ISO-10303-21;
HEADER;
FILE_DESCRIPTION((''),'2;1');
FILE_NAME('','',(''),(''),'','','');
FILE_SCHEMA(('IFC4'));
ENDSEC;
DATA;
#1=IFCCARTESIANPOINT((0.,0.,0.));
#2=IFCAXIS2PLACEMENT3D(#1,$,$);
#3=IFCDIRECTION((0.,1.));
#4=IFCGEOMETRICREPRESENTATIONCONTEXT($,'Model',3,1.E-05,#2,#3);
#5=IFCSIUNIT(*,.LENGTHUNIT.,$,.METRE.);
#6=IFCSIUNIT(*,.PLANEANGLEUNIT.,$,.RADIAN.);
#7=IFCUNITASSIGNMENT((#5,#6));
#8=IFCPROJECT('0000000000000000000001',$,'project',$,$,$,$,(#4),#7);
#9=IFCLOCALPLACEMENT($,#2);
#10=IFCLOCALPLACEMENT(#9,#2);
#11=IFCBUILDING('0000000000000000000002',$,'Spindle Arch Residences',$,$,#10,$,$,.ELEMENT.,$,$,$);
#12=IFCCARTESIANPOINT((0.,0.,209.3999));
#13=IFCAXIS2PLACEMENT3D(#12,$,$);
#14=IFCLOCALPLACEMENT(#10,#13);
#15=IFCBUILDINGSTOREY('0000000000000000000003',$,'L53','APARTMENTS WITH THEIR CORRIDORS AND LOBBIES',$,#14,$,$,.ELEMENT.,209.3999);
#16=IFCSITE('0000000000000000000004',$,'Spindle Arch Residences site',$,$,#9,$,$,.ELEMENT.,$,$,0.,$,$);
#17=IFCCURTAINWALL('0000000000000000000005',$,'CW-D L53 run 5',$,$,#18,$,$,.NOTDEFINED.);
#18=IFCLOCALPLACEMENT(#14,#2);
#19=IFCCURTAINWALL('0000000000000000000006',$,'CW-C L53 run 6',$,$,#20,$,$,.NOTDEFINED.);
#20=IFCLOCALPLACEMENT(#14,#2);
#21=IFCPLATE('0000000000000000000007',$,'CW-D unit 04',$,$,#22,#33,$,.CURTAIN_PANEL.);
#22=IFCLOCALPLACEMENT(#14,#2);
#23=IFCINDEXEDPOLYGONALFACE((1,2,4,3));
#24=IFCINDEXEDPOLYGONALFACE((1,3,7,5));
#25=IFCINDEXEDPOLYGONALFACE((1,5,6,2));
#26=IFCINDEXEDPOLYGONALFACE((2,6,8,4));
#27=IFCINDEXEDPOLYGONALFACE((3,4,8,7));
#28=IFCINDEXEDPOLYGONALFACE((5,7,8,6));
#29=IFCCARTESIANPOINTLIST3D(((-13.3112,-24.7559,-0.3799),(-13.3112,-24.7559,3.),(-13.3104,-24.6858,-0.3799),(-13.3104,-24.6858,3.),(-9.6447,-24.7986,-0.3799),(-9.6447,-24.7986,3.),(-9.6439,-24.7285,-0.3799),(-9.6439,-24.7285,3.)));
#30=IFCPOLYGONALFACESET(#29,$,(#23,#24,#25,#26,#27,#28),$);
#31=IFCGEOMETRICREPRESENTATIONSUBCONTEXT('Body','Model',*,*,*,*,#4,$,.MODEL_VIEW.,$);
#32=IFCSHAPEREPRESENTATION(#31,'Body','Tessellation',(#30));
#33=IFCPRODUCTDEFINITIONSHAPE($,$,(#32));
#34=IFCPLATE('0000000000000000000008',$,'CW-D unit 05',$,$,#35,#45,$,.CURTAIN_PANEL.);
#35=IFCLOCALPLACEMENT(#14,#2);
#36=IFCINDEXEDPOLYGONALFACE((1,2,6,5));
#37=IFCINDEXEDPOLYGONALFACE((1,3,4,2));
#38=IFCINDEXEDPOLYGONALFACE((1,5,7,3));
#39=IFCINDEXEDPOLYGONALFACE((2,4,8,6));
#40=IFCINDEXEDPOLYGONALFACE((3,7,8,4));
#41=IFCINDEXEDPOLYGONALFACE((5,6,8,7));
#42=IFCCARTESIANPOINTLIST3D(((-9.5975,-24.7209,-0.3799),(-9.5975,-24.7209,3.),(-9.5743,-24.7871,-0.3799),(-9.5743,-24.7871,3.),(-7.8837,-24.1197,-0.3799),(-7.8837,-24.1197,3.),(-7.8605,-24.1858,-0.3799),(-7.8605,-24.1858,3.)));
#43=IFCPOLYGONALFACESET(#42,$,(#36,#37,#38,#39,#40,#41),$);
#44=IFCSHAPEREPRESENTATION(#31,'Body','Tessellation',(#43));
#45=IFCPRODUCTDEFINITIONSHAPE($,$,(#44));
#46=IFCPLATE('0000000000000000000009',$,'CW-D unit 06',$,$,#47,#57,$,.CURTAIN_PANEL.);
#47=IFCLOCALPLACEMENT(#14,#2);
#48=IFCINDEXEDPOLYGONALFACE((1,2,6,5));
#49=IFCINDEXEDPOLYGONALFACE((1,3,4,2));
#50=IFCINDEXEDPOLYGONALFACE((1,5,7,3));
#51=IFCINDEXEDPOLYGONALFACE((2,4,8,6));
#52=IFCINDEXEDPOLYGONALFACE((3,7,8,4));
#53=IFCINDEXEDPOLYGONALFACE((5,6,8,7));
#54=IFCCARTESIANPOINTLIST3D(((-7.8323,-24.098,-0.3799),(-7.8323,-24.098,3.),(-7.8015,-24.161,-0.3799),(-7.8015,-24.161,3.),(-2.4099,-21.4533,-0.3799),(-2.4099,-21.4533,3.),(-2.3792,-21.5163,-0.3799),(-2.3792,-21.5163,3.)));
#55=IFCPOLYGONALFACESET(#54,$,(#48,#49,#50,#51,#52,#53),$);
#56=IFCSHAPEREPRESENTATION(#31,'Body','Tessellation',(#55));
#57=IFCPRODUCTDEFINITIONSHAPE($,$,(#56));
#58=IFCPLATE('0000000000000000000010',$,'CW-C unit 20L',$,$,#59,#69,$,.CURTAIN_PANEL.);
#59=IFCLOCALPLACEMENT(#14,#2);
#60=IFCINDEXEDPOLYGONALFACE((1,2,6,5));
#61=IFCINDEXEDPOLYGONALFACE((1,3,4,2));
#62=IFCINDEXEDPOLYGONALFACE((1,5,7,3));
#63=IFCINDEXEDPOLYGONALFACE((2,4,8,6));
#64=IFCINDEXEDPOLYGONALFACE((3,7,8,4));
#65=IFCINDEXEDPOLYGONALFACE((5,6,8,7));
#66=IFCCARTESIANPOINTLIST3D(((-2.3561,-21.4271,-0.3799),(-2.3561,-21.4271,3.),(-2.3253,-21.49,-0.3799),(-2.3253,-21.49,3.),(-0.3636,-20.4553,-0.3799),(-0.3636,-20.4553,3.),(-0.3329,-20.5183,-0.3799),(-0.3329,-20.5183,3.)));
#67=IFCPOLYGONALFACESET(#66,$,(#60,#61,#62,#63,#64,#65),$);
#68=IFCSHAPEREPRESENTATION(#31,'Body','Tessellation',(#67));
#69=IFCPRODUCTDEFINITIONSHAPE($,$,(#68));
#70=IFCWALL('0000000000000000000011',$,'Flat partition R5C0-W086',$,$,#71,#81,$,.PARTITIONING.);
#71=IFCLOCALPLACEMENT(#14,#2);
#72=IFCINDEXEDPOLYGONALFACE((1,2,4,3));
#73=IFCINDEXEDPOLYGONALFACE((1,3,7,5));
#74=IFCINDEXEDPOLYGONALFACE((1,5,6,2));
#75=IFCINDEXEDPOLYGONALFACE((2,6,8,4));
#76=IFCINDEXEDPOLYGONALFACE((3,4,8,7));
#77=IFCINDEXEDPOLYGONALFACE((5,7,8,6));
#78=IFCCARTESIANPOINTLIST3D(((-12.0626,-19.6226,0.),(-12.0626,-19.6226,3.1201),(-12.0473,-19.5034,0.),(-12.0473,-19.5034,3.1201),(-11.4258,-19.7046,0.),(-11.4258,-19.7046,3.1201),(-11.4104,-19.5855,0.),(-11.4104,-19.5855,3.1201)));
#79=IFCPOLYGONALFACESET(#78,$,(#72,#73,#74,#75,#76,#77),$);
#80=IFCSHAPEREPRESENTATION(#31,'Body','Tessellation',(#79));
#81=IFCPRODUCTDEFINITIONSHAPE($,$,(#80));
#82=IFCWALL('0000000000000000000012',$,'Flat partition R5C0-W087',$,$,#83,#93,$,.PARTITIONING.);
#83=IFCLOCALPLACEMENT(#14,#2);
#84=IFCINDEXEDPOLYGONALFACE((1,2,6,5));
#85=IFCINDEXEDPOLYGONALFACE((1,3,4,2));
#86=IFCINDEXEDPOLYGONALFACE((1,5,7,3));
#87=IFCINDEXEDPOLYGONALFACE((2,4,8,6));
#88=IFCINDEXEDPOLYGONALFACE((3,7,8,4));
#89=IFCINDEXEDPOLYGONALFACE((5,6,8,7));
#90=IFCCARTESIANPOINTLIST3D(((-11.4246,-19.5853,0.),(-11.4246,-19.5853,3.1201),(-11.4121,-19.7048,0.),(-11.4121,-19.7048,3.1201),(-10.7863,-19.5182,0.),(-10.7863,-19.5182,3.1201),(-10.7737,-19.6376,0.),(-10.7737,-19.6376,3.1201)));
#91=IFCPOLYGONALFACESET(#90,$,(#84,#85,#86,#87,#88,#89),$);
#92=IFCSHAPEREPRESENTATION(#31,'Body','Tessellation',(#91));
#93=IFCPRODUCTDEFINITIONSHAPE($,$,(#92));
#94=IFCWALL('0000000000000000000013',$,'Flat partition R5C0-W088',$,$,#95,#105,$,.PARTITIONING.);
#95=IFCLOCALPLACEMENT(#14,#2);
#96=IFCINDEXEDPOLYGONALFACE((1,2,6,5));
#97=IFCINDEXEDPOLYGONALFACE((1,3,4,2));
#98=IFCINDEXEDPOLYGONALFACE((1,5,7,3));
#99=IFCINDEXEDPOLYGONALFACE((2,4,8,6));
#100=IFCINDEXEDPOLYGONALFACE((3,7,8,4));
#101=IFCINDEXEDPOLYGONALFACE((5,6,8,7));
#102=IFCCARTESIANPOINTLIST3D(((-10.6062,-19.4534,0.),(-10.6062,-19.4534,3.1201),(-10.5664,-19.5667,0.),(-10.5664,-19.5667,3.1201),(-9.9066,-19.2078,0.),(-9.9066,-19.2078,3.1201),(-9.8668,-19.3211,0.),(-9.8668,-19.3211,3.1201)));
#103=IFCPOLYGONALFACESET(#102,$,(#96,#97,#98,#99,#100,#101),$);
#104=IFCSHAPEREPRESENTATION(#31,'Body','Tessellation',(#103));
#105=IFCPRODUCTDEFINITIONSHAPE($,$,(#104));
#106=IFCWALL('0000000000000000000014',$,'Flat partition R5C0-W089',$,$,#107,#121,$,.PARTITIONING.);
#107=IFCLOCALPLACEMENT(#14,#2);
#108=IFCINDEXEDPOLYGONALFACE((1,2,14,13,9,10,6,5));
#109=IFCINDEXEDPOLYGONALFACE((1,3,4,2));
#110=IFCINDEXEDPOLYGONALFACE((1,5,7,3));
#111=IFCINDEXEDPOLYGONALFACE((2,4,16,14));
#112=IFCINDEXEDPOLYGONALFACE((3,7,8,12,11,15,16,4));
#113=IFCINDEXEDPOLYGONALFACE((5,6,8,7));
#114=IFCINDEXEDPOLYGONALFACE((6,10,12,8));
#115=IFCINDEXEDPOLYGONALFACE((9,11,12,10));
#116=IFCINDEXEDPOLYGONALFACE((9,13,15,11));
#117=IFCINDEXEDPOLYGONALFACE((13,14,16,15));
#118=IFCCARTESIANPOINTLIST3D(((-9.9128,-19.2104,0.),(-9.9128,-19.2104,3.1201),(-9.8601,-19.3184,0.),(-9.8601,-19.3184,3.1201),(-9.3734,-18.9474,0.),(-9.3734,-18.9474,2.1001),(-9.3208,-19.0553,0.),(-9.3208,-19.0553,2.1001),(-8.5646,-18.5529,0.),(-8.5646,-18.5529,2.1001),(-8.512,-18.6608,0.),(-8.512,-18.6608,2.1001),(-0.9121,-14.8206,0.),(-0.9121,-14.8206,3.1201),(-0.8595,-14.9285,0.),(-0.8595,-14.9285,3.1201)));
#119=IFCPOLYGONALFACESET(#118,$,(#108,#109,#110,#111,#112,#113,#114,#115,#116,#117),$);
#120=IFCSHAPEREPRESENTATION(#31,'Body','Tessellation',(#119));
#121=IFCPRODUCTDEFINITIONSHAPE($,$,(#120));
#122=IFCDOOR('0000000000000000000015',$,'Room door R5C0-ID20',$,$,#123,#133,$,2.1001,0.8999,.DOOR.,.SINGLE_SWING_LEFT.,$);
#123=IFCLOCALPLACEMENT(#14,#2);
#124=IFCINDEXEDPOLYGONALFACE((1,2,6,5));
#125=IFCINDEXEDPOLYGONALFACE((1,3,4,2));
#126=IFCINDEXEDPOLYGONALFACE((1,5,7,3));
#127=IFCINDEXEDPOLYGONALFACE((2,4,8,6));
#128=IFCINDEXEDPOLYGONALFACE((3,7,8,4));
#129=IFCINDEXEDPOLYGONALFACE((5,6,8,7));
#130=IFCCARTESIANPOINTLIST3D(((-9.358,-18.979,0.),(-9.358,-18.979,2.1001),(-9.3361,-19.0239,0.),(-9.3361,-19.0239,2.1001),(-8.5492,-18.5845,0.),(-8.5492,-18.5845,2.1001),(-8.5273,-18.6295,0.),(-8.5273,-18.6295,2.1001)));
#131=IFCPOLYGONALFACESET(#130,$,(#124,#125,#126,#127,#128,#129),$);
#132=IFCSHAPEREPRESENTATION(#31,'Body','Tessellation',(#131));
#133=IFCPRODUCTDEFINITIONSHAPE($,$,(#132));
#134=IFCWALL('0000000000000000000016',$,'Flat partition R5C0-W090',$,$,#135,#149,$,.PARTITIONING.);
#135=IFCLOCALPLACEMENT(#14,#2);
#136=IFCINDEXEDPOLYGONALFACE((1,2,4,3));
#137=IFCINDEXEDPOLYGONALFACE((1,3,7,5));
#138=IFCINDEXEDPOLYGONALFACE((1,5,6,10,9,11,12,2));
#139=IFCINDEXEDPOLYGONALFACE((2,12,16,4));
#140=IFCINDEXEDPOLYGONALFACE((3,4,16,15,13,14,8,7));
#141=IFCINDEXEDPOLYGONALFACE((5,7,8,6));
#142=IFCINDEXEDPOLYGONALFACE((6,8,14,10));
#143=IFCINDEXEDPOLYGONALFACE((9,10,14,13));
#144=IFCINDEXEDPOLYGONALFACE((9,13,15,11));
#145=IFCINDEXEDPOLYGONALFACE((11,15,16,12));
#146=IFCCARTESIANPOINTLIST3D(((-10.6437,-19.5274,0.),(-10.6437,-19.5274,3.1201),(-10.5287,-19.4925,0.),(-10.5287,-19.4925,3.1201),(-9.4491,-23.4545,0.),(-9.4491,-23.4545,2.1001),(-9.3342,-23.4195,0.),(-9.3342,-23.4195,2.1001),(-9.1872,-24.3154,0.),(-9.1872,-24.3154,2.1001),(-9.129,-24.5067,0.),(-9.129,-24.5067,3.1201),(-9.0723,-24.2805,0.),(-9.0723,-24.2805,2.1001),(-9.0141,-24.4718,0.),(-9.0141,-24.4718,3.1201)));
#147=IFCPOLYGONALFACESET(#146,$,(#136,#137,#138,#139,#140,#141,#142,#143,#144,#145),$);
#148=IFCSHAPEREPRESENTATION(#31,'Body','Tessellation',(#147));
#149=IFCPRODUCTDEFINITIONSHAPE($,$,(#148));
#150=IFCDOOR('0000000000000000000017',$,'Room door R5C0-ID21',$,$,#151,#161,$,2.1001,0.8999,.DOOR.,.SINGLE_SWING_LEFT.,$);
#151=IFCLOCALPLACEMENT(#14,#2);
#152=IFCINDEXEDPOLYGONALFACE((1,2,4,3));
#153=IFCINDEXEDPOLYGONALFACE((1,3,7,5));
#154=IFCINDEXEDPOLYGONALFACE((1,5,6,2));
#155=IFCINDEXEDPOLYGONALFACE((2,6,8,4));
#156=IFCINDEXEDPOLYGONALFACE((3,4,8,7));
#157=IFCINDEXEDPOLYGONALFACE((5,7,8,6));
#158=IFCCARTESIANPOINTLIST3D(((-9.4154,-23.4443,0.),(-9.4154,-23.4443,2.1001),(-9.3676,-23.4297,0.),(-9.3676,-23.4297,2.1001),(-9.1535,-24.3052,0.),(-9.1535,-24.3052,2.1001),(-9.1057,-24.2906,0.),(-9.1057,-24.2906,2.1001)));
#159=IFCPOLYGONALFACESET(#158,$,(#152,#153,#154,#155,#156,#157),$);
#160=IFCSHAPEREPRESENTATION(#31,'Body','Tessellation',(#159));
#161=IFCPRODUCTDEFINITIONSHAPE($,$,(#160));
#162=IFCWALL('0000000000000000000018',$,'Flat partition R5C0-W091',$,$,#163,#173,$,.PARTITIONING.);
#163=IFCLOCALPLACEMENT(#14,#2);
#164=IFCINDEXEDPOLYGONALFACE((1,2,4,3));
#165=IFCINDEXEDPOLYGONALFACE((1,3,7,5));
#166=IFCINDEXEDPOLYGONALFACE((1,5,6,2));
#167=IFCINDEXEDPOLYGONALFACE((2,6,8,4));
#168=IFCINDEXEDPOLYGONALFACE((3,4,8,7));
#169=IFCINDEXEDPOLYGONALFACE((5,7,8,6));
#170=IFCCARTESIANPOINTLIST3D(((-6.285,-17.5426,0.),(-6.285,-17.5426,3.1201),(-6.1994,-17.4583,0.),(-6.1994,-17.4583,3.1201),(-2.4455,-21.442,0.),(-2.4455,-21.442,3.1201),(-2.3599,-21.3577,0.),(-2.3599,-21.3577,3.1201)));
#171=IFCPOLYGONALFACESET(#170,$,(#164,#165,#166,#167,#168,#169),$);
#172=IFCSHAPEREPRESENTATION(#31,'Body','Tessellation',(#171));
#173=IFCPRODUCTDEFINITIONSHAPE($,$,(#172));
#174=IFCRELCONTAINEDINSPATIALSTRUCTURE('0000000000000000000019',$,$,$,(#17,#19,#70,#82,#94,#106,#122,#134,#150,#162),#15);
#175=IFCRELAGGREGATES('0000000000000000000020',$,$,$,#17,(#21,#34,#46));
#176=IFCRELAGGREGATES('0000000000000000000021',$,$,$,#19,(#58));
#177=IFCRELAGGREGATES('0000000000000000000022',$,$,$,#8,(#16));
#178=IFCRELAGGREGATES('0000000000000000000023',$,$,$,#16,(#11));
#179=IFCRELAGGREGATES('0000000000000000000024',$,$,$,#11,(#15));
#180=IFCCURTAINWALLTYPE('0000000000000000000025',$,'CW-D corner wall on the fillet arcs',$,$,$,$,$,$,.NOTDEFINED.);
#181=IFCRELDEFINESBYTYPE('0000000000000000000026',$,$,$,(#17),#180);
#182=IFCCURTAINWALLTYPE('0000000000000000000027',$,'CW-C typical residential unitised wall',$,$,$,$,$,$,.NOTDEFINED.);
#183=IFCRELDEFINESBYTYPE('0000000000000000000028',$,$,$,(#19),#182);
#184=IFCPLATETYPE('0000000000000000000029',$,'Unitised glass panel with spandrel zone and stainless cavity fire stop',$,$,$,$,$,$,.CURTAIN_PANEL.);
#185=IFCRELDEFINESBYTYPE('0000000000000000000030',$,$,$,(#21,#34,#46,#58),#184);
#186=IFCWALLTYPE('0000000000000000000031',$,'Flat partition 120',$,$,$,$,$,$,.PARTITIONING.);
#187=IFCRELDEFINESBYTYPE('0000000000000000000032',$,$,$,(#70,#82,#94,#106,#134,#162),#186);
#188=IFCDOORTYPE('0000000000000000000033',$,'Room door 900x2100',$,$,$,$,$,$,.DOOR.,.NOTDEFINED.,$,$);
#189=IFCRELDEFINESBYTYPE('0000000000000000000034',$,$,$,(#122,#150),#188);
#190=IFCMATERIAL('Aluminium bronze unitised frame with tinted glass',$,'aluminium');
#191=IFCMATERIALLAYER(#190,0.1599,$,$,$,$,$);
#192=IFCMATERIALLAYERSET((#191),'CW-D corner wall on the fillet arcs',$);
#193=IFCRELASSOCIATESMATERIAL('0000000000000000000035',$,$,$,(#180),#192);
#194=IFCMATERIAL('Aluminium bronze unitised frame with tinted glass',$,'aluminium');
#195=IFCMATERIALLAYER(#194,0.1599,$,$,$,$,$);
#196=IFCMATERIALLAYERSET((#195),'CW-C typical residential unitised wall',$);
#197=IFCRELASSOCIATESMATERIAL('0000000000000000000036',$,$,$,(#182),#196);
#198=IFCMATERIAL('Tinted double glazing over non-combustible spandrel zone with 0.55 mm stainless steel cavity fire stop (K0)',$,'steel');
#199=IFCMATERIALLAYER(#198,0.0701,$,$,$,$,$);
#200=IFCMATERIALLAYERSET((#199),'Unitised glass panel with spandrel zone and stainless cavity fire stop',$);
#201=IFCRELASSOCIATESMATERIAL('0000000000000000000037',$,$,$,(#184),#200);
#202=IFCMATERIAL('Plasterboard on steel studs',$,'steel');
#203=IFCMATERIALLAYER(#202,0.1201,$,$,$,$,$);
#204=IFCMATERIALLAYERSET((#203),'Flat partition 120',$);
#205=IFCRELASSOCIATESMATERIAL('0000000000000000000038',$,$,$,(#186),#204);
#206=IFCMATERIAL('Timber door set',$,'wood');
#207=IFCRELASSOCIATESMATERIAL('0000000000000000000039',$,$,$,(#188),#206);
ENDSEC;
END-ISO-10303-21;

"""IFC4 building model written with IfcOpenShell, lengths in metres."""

from ifc_helpers import new_model, si_unit, direction, frame, frame_2d, origin, origin_2d, place, context, subcontext, project, spatial, rectangle, extrude, material, layer, layer_set, type_object, element, fill, aggregate, save


model = new_model("IFC4")

# Units and contexts
model_context = context("Model", 3, precision=1e-05, world=origin(), true_north=direction((0.0, 1.0)))
body_context = subcontext(model_context, "Body", "Model", "MODEL_VIEW")
ifc_project = project(units=[si_unit("LENGTHUNIT", "METRE"), si_unit("PLANEANGLEUNIT", "RADIAN")], contexts=[model_context])

# Site, building, storey
site_placement = place(None, origin())
site = spatial("IfcSite", under=ifc_project, at=site_placement, Name="Spindle Arch Residences site", CompositionType="ELEMENT", RefElevation=0.0)
building_placement = place(site_placement, origin())
building = spatial("IfcBuilding", under=site, at=building_placement, Name="Spindle Arch Residences", CompositionType="ELEMENT")
storey_placement = place(building_placement, frame((0.0, 0.0, 209.3999)))
storey = spatial("IfcBuildingStorey", under=building, at=storey_placement, Name="L53", Description="APARTMENTS WITH THEIR CORRIDORS AND LOBBIES", CompositionType="ELEMENT", Elevation=209.3999)

# Curtain wall
ifc_material_1 = material(Name="Aluminium bronze unitised frame with tinted glass", Category="aluminium")
ifc_layer_1 = layer(ifc_material_1, 0.1599)
ifc_layer_set_1 = layer_set([ifc_layer_1], Name="CW-D corner wall on the fillet arcs")
curtain_wall_type_1 = type_object("IfcCurtainWallType", Name="CW-D corner wall on the fillet arcs", PredefinedType="NOTDEFINED", material=ifc_layer_set_1)
curtain_wall_1_placement = place(storey_placement, origin())
curtain_wall_1 = element("IfcCurtainWall", 1, at=curtain_wall_1_placement, inside=storey, type_object=curtain_wall_type_1, Name="CW-D L53 run 5", PredefinedType="NOTDEFINED")

# Curtain wall
ifc_material_2 = material(Name="Aluminium bronze unitised frame with tinted glass", Category="aluminium")
ifc_layer_2 = layer(ifc_material_2, 0.1599)
ifc_layer_set_2 = layer_set([ifc_layer_2], Name="CW-C typical residential unitised wall")
curtain_wall_type_2 = type_object("IfcCurtainWallType", Name="CW-C typical residential unitised wall", PredefinedType="NOTDEFINED", material=ifc_layer_set_2)
curtain_wall_2_placement = place(storey_placement, origin())
curtain_wall_2 = element("IfcCurtainWall", 2, at=curtain_wall_2_placement, inside=storey, type_object=curtain_wall_type_2, Name="CW-C L53 run 6", PredefinedType="NOTDEFINED")

# Plates
ifc_material_3 = material(Name="Tinted double glazing over non-combustible spandrel zone with 0.55 mm stainless steel cavity fire stop (K0)", Category="steel")
ifc_layer_3 = layer(ifc_material_3, 0.0701)
ifc_layer_set_3 = layer_set([ifc_layer_3], Name="Unitised glass panel with spandrel zone and stainless cavity fire stop")
plate_type = type_object("IfcPlateType", Name="Unitised glass panel with spandrel zone and stainless cavity fire stop", PredefinedType="CURTAIN_PANEL", material=ifc_layer_set_3)
plate_1_placement = place(storey_placement, frame((-11.4775, -24.7422, -0.3799), z_axis=(0.0, 0.0, 1.0), x_axis=(0.999932, -0.011635, 0.0)))
plate_1 = element("IfcPlate", 3, at=plate_1_placement, type_object=plate_type, Name="CW-D unit 04", PredefinedType="CURTAIN_PANEL", context=body_context, shape_type="SweptSolid", body=[
    extrude(rectangle(XDim=3.6667, YDim=0.0701, at=origin_2d()), origin(), (0.0, 0.0, 1.0), 3.3799),
])
plate_2_placement = place(storey_placement, frame((-8.729, -24.4534, -0.3799), z_axis=(0.0, 0.0, 1.0), x_axis=(0.943609, 0.331063, 0.0)))
plate_2 = element("IfcPlate", 4, at=plate_2_placement, type_object=plate_type, Name="CW-D unit 05", PredefinedType="CURTAIN_PANEL", context=body_context, shape_type="SweptSolid", body=[
    extrude(rectangle(XDim=1.8162, YDim=0.0701, at=origin_2d()), origin(), (0.0, 0.0, 1.0), 3.3799),
])
plate_3_placement = place(storey_placement, frame((-5.1057, -22.8071, -0.3799), z_axis=(0.0, 0.0, 1.0), x_axis=(0.898794, 0.438371, 0.0)))
plate_3 = element("IfcPlate", 5, at=plate_3_placement, type_object=plate_type, Name="CW-D unit 06", PredefinedType="CURTAIN_PANEL", context=body_context, shape_type="SweptSolid", body=[
    extrude(rectangle(XDim=6.033, YDim=0.0701, at=origin_2d()), origin(), (0.0, 0.0, 1.0), 3.3799),
])
aggregate(curtain_wall_1, [plate_1, plate_2, plate_3])
plate_4_placement = place(storey_placement, frame((-1.3445, -20.9727, -0.3799), z_axis=(0.0, 0.0, 1.0), x_axis=(0.898794, 0.438371, 0.0)))
plate_4 = element("IfcPlate", 6, at=plate_4_placement, type_object=plate_type, Name="CW-C unit 20L", PredefinedType="CURTAIN_PANEL", context=body_context, shape_type="SweptSolid", body=[
    extrude(rectangle(XDim=2.2168, YDim=0.0701, at=origin_2d()), origin(), (0.0, 0.0, 1.0), 3.3799),
])
aggregate(curtain_wall_2, [plate_4])

# Walls
ifc_material_4 = material(Name="Plasterboard on steel studs", Category="steel")
ifc_layer_4 = layer(ifc_material_4, 0.1201)
ifc_layer_set_4 = layer_set([ifc_layer_4], Name="Flat partition 120")
wall_type = type_object("IfcWallType", Name="Flat partition 120", PredefinedType="PARTITIONING", material=ifc_layer_set_4)
wall_1_placement = place(storey_placement, frame((-12.0549, -19.563, 0.0), z_axis=(0.0, 0.0, 1.0), x_axis=(0.991803, -0.127778, 0.0)))
element("IfcWall", 7, at=wall_1_placement, inside=storey, type_object=wall_type, Name="Flat partition R5C0-W086", PredefinedType="PARTITIONING", context=body_context, shape_type="SweptSolid", body=[
    extrude(rectangle(XDim=0.6421, YDim=0.1201, at=frame_2d((0.321, 0.0))), origin(), (0.0, 0.0, 1.0), 3.1201),
])
wall_2_placement = place(storey_placement, frame((-11.4182, -19.645, 0.0), z_axis=(0.0, 0.0, 1.0), x_axis=(0.994516, 0.104586, 0.0)))
element("IfcWall", 8, at=wall_2_placement, inside=storey, type_object=wall_type, Name="Flat partition R5C0-W087", PredefinedType="PARTITIONING", context=body_context, shape_type="SweptSolid", body=[
    extrude(rectangle(XDim=0.6418, YDim=0.1201, at=frame_2d((0.3208, 0.0))), origin(), (0.0, 0.0, 1.0), 3.1201),
])
wall_3_placement = place(storey_placement, frame((-10.5862, -19.51, 0.0), z_axis=(0.0, 0.0, 1.0), x_axis=(0.94356, 0.331201, 0.0)))
element("IfcWall", 9, at=wall_3_placement, inside=storey, type_object=wall_type, Name="Flat partition R5C0-W088", PredefinedType="PARTITIONING", context=body_context, shape_type="SweptSolid", body=[
    extrude(rectangle(XDim=0.7415, YDim=0.1201, at=frame_2d((0.3706, 0.0))), origin(), (0.0, 0.0, 1.0), 3.1201),
])

# Walls, openings, doors
wall_4_placement = place(storey_placement, frame((-9.8865, -19.2644, 0.0), z_axis=(0.0, 0.0, 1.0), x_axis=(0.898796, 0.438366, 0.0)))
wall_4 = element("IfcWall", 10, at=wall_4_placement, inside=storey, type_object=wall_type, Name="Flat partition R5C0-W089", PredefinedType="PARTITIONING", context=body_context, shape_type="SweptSolid", body=[
    extrude(rectangle(XDim=10.0142, YDim=0.1201, at=frame_2d((5.0071, 0.0))), origin(), (0.0, 0.0, 1.0), 3.1201),
])
opening_1_placement = place(wall_4_placement, frame((0.6001, 0.0, 0.0)))
opening_1 = element("IfcOpeningElement", 11, at=opening_1_placement, cuts=wall_4, PredefinedType="OPENING", context=body_context, shape_type="SweptSolid", body=[
    extrude(rectangle(XDim=0.8999, YDim=2.1001, at=frame_2d((0.45, 1.05))), frame((0.0, 0.0701, 0.0), z_axis=(0.0, -1.0, 0.0), x_axis=(1.0, 0.0, 0.0)), (0.0, 0.0, 1.0), 0.1401),
])
ifc_material_5 = material(Name="Timber door set", Category="wood")
door_type = type_object("IfcDoorType", Name="Room door 900x2100", OperationType="NOTDEFINED", PredefinedType="DOOR", material=ifc_material_5)
door_1_placement = place(opening_1_placement, origin())
door_1 = element("IfcDoor", 12, at=door_1_placement, inside=storey, type_object=door_type, Name="Room door R5C0-ID20", OperationType="SINGLE_SWING_LEFT", OverallHeight=2.1001, OverallWidth=0.8999, PredefinedType="DOOR", context=body_context, shape_type="SweptSolid", body=[
    extrude(rectangle(XDim=0.8999, YDim=2.1001, at=frame_2d((0.45, 1.05))), frame((0.0, 0.0249, 0.0), z_axis=(0.0, -1.0, 0.0), x_axis=(1.0, 0.0, 0.0)), (0.0, 0.0, 1.0), 0.05),
])
fill(opening_1, door_1)
wall_5_placement = place(storey_placement, frame((-9.0715, -24.4893, 0.0), z_axis=(0.0, 0.0, 1.0), x_axis=(-0.291025, 0.956715, 0.0)))
wall_5 = element("IfcWall", 13, at=wall_5_placement, inside=storey, type_object=wall_type, Name="Flat partition R5C0-W090", PredefinedType="PARTITIONING", context=body_context, shape_type="SweptSolid", body=[
    extrude(rectangle(XDim=5.2046, YDim=0.1201, at=frame_2d((2.6023, 0.0))), origin(), (0.0, 0.0, 1.0), 3.1201),
])
opening_2_placement = place(wall_5_placement, frame((0.2, 0.0, 0.0)))
opening_2 = element("IfcOpeningElement", 14, at=opening_2_placement, cuts=wall_5, PredefinedType="OPENING", context=body_context, shape_type="SweptSolid", body=[
    extrude(rectangle(XDim=0.8999, YDim=2.1001, at=frame_2d((0.45, 1.05))), frame((0.0, 0.0701, 0.0), z_axis=(0.0, -1.0, 0.0), x_axis=(1.0, 0.0, 0.0)), (0.0, 0.0, 1.0), 0.1401),
])
door_2_placement = place(opening_2_placement, origin())
door_2 = element("IfcDoor", 15, at=door_2_placement, inside=storey, type_object=door_type, Name="Room door R5C0-ID21", OperationType="SINGLE_SWING_LEFT", OverallHeight=2.1001, OverallWidth=0.8999, PredefinedType="DOOR", context=body_context, shape_type="SweptSolid", body=[
    extrude(rectangle(XDim=0.8999, YDim=2.1001, at=frame_2d((0.45, 1.05))), frame((0.0, 0.0249, 0.0), z_axis=(0.0, -1.0, 0.0), x_axis=(1.0, 0.0, 0.0)), (0.0, 0.0, 1.0), 0.05),
])
fill(opening_2, door_2)

# Wall
wall_6_placement = place(storey_placement, frame((-2.4026, -21.3999, 0.0), z_axis=(0.0, 0.0, 1.0), x_axis=(-0.701621, 0.712551, 0.0)))
element("IfcWall", 16, at=wall_6_placement, inside=storey, type_object=wall_type, Name="Flat partition R5C0-W091", PredefinedType="PARTITIONING", context=body_context, shape_type="SweptSolid", body=[
    extrude(rectangle(XDim=5.4724, YDim=0.1201, at=frame_2d((2.7363, 0.0))), origin(), (0.0, 0.0, 1.0), 3.1201),
])

save(model, "model.ifc")
